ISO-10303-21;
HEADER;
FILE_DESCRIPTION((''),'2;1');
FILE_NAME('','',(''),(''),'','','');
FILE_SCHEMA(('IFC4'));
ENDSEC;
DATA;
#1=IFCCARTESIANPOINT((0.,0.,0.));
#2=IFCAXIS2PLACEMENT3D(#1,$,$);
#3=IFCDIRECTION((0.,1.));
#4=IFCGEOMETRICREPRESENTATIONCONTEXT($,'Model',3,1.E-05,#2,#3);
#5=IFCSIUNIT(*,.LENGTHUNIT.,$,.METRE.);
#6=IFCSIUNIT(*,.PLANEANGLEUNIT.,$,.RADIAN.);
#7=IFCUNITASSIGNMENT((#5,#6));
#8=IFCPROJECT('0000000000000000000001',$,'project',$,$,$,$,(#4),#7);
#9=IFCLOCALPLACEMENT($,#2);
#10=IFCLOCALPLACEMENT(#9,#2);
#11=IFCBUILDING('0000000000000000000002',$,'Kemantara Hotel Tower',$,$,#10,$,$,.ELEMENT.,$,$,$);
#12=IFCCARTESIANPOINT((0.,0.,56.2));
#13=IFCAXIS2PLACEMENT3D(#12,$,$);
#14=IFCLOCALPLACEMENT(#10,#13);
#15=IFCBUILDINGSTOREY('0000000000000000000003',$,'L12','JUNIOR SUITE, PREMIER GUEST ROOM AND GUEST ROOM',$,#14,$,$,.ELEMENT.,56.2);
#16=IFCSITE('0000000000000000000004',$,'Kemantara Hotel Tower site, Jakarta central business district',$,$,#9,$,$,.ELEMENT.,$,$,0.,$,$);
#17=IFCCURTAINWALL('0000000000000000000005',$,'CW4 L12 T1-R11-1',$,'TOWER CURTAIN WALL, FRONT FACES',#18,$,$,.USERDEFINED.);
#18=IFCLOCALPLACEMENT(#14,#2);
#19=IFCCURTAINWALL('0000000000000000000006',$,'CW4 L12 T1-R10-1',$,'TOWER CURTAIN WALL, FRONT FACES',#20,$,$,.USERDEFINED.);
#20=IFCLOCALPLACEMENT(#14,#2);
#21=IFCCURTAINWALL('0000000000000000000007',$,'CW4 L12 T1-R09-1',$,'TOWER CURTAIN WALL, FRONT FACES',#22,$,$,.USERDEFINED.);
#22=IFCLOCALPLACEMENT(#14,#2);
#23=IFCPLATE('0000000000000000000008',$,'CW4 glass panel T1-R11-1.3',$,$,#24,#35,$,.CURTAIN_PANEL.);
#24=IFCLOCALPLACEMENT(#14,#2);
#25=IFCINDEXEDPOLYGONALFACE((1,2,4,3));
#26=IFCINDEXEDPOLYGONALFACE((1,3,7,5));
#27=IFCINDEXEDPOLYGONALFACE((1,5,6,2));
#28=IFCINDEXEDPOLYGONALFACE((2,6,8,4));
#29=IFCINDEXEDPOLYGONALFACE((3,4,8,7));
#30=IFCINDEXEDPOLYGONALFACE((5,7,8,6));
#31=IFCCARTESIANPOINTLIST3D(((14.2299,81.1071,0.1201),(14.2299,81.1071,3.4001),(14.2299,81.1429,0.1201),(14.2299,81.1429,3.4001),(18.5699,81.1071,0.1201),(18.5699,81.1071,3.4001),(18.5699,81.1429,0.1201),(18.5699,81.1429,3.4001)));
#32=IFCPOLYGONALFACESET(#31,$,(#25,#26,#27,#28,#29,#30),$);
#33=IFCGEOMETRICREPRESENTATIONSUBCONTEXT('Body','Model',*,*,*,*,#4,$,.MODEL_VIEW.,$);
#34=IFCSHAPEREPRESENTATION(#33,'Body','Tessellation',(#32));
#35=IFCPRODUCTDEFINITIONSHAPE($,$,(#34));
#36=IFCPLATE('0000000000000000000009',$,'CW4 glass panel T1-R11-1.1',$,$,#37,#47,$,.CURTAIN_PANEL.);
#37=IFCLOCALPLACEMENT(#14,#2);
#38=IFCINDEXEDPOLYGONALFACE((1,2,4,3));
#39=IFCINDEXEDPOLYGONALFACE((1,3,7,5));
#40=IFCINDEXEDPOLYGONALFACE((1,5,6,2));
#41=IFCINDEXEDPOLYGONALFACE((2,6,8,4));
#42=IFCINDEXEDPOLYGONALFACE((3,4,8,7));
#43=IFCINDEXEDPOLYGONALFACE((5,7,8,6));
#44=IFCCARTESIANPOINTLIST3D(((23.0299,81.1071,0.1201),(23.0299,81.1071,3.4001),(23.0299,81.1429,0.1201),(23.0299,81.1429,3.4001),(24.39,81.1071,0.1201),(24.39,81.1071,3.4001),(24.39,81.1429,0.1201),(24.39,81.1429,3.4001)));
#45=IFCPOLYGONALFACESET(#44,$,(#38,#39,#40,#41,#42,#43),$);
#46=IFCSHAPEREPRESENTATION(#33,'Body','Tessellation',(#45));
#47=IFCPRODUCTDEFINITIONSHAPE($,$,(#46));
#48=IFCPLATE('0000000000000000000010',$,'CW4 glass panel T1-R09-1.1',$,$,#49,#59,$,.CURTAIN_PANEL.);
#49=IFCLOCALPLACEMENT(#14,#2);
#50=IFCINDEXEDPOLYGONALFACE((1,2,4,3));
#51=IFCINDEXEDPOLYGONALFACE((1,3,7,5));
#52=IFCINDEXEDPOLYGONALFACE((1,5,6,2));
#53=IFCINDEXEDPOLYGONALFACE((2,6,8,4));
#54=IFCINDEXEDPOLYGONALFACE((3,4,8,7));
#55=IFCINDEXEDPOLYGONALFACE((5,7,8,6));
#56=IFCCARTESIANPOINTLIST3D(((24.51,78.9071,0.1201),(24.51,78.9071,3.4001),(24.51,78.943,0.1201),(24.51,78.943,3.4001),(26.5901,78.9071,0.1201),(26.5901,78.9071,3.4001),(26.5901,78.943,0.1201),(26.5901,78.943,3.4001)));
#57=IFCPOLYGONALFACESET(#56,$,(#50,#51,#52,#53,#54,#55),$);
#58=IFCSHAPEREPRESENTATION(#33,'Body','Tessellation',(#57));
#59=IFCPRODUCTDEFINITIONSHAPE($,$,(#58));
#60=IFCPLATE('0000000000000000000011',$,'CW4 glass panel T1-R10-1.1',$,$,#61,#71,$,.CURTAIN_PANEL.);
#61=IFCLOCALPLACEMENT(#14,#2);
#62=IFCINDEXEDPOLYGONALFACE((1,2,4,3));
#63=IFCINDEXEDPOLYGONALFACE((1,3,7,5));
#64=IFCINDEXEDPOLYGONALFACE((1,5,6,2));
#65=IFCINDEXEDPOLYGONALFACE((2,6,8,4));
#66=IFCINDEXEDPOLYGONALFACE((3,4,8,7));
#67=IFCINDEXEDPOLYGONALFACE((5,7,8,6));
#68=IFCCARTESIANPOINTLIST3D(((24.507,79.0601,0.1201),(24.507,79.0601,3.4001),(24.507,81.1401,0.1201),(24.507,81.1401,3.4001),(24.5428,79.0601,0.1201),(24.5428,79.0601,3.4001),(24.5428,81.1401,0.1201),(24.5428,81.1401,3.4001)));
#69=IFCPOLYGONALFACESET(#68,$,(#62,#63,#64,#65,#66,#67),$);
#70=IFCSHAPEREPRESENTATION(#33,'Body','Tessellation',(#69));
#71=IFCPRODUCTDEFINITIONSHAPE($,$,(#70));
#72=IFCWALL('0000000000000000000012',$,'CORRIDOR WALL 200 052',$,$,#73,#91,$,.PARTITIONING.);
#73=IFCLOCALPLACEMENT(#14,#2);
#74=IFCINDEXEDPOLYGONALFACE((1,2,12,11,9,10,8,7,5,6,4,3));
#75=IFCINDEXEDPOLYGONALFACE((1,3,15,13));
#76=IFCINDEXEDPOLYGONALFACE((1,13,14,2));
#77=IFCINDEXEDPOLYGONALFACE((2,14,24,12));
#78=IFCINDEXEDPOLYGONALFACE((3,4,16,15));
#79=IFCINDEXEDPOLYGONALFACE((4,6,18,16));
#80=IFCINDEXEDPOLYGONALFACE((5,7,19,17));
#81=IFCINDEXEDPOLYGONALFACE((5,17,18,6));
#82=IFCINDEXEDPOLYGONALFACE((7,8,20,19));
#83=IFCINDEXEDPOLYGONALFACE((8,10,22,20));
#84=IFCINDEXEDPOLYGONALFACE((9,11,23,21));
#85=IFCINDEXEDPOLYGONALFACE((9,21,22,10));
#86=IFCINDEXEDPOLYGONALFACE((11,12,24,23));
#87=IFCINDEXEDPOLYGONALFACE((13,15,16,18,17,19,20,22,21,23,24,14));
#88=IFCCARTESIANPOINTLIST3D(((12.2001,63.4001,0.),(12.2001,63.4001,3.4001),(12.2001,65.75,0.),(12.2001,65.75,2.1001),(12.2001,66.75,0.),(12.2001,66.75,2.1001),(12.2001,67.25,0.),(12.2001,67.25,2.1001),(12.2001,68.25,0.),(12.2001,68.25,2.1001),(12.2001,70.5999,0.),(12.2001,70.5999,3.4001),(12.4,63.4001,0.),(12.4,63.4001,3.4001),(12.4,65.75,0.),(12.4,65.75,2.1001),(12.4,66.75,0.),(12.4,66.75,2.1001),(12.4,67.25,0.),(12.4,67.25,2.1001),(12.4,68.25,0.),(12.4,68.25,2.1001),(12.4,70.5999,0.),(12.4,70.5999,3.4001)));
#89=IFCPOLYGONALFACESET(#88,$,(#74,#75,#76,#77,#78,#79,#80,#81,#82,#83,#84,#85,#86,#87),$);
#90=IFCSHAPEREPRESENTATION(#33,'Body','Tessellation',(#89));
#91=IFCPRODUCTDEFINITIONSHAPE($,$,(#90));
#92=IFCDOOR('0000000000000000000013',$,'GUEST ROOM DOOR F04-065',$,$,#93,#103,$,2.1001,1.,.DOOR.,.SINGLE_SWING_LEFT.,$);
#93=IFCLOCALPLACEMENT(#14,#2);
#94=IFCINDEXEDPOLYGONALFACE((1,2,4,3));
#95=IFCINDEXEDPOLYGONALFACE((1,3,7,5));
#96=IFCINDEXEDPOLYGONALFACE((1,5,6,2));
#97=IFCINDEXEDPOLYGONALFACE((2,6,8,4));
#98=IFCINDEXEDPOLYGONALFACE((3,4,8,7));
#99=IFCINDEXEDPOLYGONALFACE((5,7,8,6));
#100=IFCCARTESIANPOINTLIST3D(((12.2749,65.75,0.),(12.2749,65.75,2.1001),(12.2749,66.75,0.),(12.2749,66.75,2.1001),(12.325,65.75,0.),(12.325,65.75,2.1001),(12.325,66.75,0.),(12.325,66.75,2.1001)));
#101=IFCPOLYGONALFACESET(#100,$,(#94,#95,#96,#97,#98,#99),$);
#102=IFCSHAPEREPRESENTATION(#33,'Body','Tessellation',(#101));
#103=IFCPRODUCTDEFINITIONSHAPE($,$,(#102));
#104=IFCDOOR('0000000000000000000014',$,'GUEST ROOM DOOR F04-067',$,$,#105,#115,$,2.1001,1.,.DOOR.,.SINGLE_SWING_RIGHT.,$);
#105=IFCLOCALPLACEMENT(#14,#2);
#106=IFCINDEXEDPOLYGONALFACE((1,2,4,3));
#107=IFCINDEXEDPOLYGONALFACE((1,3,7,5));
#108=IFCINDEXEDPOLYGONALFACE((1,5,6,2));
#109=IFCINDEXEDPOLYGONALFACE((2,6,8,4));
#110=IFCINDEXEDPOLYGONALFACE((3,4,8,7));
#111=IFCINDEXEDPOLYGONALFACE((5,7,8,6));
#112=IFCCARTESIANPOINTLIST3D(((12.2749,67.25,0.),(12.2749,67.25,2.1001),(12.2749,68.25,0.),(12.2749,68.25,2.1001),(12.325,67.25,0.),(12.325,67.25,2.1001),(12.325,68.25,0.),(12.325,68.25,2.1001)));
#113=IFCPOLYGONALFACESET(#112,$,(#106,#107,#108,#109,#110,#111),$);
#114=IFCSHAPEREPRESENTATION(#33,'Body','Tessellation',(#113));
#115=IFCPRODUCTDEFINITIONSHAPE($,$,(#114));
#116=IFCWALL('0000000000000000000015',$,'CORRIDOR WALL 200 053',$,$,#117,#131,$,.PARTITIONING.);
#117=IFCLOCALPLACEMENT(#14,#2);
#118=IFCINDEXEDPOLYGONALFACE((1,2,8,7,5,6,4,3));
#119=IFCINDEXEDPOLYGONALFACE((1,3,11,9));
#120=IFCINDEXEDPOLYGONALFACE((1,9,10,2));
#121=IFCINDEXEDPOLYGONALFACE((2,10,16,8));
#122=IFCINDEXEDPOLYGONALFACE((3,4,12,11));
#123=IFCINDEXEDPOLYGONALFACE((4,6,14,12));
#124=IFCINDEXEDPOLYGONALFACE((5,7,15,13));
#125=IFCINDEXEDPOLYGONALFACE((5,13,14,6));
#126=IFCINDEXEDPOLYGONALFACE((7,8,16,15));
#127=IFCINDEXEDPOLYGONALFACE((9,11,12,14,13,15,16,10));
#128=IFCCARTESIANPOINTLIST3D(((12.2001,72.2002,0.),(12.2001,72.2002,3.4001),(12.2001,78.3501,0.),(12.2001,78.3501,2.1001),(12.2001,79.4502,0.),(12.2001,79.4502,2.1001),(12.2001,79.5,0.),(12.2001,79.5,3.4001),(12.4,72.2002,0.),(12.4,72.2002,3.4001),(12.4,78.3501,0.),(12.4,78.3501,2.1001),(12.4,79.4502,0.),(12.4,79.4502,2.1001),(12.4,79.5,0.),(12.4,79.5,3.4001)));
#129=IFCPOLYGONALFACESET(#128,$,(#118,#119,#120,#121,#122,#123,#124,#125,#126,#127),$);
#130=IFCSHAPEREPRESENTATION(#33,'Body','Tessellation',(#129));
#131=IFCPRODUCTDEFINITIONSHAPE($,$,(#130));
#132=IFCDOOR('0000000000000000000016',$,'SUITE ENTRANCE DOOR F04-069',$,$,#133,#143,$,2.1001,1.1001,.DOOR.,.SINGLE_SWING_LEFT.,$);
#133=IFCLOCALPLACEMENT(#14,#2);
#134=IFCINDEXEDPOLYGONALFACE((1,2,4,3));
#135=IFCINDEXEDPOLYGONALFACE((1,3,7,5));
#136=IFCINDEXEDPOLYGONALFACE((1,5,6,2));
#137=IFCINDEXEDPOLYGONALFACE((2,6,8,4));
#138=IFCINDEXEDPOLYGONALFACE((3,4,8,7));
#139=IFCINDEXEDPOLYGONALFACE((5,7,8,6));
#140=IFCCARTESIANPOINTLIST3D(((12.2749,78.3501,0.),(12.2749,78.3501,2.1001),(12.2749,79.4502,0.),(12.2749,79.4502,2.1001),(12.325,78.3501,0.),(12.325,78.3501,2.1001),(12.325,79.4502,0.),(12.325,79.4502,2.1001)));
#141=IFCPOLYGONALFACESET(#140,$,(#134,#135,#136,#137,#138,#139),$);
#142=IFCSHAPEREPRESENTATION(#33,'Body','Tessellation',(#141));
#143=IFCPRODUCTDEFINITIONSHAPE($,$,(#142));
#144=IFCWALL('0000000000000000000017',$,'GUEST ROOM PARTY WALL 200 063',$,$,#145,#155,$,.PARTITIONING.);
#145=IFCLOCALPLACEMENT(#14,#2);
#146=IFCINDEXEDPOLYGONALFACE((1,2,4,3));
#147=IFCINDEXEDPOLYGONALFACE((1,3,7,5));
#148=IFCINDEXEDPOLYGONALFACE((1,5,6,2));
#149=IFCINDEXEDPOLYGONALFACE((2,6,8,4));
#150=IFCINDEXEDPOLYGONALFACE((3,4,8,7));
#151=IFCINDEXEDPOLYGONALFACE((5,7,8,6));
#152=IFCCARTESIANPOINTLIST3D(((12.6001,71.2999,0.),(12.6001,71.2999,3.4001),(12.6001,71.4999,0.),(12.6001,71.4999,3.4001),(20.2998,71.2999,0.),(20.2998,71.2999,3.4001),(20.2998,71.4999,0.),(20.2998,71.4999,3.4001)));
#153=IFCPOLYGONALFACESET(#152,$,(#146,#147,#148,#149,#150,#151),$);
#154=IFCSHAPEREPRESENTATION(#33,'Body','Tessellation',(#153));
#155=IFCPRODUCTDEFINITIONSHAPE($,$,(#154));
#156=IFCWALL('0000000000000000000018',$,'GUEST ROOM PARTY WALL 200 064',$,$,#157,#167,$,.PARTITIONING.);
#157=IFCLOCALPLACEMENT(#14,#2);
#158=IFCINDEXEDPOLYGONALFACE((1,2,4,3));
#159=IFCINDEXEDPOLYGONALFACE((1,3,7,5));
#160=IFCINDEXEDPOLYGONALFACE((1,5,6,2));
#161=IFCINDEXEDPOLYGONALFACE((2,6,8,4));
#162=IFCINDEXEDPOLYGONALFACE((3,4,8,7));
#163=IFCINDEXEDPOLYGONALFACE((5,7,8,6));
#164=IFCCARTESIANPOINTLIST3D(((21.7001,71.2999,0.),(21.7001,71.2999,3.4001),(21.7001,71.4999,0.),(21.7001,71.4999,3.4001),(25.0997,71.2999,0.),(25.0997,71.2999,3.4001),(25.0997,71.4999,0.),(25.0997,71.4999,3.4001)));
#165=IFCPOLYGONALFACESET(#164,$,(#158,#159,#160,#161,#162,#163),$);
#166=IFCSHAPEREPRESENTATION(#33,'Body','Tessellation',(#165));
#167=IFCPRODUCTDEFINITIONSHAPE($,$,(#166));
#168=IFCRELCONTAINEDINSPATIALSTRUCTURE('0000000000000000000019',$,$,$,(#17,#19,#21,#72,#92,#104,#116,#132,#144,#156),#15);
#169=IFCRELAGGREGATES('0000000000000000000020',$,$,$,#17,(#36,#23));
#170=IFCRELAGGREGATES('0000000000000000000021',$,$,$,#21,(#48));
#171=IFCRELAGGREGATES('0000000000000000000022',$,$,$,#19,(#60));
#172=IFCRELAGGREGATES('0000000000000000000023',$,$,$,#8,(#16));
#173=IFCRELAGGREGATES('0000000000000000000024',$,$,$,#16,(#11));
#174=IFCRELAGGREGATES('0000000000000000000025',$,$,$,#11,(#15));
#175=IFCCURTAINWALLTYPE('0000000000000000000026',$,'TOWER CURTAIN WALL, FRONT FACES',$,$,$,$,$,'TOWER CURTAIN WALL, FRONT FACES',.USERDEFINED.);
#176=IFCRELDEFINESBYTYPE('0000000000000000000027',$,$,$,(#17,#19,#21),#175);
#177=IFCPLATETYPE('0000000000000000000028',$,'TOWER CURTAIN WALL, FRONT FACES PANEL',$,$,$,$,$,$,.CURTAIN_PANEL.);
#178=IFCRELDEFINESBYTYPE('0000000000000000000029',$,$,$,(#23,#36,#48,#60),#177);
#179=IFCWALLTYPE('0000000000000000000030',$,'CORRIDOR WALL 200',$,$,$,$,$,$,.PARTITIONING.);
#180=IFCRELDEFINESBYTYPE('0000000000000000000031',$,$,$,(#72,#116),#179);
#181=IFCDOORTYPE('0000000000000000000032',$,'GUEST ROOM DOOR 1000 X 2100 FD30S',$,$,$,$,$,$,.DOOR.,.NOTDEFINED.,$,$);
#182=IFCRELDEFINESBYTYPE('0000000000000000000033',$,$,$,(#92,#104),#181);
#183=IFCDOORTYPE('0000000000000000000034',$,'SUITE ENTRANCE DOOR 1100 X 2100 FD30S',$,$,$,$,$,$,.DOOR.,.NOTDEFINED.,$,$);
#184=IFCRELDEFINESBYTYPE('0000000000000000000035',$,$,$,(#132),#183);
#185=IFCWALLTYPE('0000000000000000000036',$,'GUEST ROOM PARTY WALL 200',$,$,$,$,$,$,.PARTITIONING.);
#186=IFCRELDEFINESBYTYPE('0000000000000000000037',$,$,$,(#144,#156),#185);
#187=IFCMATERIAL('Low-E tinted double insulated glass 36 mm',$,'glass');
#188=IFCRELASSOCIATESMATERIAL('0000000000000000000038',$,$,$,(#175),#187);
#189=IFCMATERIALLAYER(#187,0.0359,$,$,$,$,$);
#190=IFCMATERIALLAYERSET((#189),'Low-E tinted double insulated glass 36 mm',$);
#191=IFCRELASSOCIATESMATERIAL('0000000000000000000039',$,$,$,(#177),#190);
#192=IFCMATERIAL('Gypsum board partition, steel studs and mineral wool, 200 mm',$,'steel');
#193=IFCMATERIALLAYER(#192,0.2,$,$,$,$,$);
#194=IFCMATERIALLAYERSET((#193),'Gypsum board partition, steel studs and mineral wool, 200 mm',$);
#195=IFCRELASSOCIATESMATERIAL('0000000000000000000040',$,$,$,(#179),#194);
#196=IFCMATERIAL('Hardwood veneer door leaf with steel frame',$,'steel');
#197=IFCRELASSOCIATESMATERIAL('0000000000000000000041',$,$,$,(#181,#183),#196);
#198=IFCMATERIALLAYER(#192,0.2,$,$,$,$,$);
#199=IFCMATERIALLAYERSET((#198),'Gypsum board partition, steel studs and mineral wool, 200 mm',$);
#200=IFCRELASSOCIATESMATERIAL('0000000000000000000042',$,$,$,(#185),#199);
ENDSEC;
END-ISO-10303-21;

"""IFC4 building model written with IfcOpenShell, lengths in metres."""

from ifc_helpers import new_model, si_unit, direction, frame, frame_2d, origin, origin_2d, place, context, subcontext, project, spatial, rectangle, extrude, source, transform, mapped, material, layer, layer_set, type_object, element, fill, aggregate, save


model = new_model("IFC4")

# Units and contexts
model_context = context("Model", 3, precision=1e-05, world=origin(), true_north=direction((0.0, 1.0)))
body_context = subcontext(model_context, "Body", "Model", "MODEL_VIEW")
ifc_project = project(units=[si_unit("LENGTHUNIT", "METRE"), si_unit("PLANEANGLEUNIT", "RADIAN")], contexts=[model_context])

# Site, building, storey
site_placement = place(None, origin())
site = spatial("IfcSite", under=ifc_project, at=site_placement, Name="Kemantara Hotel Tower site, Jakarta central business district", CompositionType="ELEMENT", RefElevation=0.0)
building_placement = place(site_placement, origin())
building = spatial("IfcBuilding", under=site, at=building_placement, Name="Kemantara Hotel Tower", CompositionType="ELEMENT")
storey_placement = place(building_placement, frame((0.0, 0.0, 56.2)))
storey = spatial("IfcBuildingStorey", under=building, at=storey_placement, Name="L12", Description="JUNIOR SUITE, PREMIER GUEST ROOM AND GUEST ROOM", CompositionType="ELEMENT", Elevation=56.2)

# Curtain walls
ifc_material_1 = material(Name="Low-E tinted double insulated glass 36 mm", Category="glass")
curtain_wall_type = type_object("IfcCurtainWallType", Name="TOWER CURTAIN WALL, FRONT FACES", ElementType="TOWER CURTAIN WALL, FRONT FACES", PredefinedType="USERDEFINED", material=ifc_material_1)
curtain_wall_1_placement = place(storey_placement, origin())
curtain_wall_1 = element("IfcCurtainWall", 1, at=curtain_wall_1_placement, inside=storey, type_object=curtain_wall_type, Name="CW4 L12 T1-R11-1", ObjectType="TOWER CURTAIN WALL, FRONT FACES", PredefinedType="USERDEFINED")
curtain_wall_2_placement = place(storey_placement, origin())
curtain_wall_2 = element("IfcCurtainWall", 2, at=curtain_wall_2_placement, inside=storey, type_object=curtain_wall_type, Name="CW4 L12 T1-R10-1", ObjectType="TOWER CURTAIN WALL, FRONT FACES", PredefinedType="USERDEFINED")

# Curtain wall
curtain_wall_3_placement = place(storey_placement, origin())
curtain_wall_3 = element("IfcCurtainWall", 3, at=curtain_wall_3_placement, inside=storey, type_object=curtain_wall_type, Name="CW4 L12 T1-R09-1", ObjectType="TOWER CURTAIN WALL, FRONT FACES", PredefinedType="USERDEFINED")

# Plates
ifc_layer_1 = layer(ifc_material_1, 0.0359)
ifc_layer_set_1 = layer_set([ifc_layer_1], Name="Low-E tinted double insulated glass 36 mm")
plate_type = type_object("IfcPlateType", Name="TOWER CURTAIN WALL, FRONT FACES PANEL", PredefinedType="CURTAIN_PANEL", material=ifc_layer_set_1)
shared_shape_1 = source(origin(), body_context, "Body", "SweptSolid", [
    extrude(rectangle(XDim=4.3401, YDim=0.0359, at=origin_2d()), origin(), (0.0, 0.0, 1.0), 3.28),
])
plate_1_placement = place(storey_placement, frame((16.3999, 81.125, 0.1201), z_axis=(0.0, 0.0, 1.0), x_axis=(-1.0, 0.0, 0.0)))
plate_1 = element("IfcPlate", 4, at=plate_1_placement, type_object=plate_type, Name="CW4 glass panel T1-R11-1.3", PredefinedType="CURTAIN_PANEL", context=body_context, shape_type="MappedRepresentation", body=[
    mapped(shared_shape_1, transform((0.0, 0.0, 0.0))),
])
shared_shape_2 = source(origin(), body_context, "Body", "SweptSolid", [
    extrude(rectangle(XDim=1.3601, YDim=0.0359, at=origin_2d()), origin(), (0.0, 0.0, 1.0), 3.28),
])
plate_2_placement = place(storey_placement, frame((23.71, 81.125, 0.1201), z_axis=(0.0, 0.0, 1.0), x_axis=(-1.0, 0.0, 0.0)))
plate_2 = element("IfcPlate", 5, at=plate_2_placement, type_object=plate_type, Name="CW4 glass panel T1-R11-1.1", PredefinedType="CURTAIN_PANEL", context=body_context, shape_type="MappedRepresentation", body=[
    mapped(shared_shape_2, transform((0.0, 0.0, 0.0))),
])
aggregate(curtain_wall_1, [plate_2, plate_1])
shared_shape_3 = source(origin(), body_context, "Body", "SweptSolid", [
    extrude(rectangle(XDim=2.0801, YDim=0.0359, at=origin_2d()), origin(), (0.0, 0.0, 1.0), 3.28),
])
plate_3_placement = place(storey_placement, frame((25.55, 78.925, 0.1201), z_axis=(0.0, 0.0, 1.0), x_axis=(-1.0, 0.0, 0.0)))
plate_3 = element("IfcPlate", 6, at=plate_3_placement, type_object=plate_type, Name="CW4 glass panel T1-R09-1.1", PredefinedType="CURTAIN_PANEL", context=body_context, shape_type="MappedRepresentation", body=[
    mapped(shared_shape_3, transform((0.0, 0.0, 0.0))),
])
aggregate(curtain_wall_3, [plate_3])
plate_4_placement = place(storey_placement, frame((24.5249, 80.1001, 0.1201), z_axis=(0.0, 0.0, 1.0), x_axis=(0.0, 1.0, 0.0)))
plate_4 = element("IfcPlate", 7, at=plate_4_placement, type_object=plate_type, Name="CW4 glass panel T1-R10-1.1", PredefinedType="CURTAIN_PANEL", context=body_context, shape_type="MappedRepresentation", body=[
    mapped(shared_shape_3, transform((0.0, 0.0, 0.0))),
])
aggregate(curtain_wall_2, [plate_4])

# Wall, openings, doors
ifc_material_2 = material(Name="Gypsum board partition, steel studs and mineral wool, 200 mm", Category="steel")
ifc_layer_2 = layer(ifc_material_2, 0.2)
ifc_layer_set_2 = layer_set([ifc_layer_2], Name="Gypsum board partition, steel studs and mineral wool, 200 mm")
wall_type_1 = type_object("IfcWallType", Name="CORRIDOR WALL 200", PredefinedType="PARTITIONING", material=ifc_layer_set_2)
wall_1_placement = place(storey_placement, frame((12.3, 70.5999, 0.0), z_axis=(0.0, 0.0, 1.0), x_axis=(0.0, -1.0, 0.0)))
wall_1 = element("IfcWall", 8, at=wall_1_placement, inside=storey, type_object=wall_type_1, Name="CORRIDOR WALL 200 052", PredefinedType="PARTITIONING", context=body_context, shape_type="SweptSolid", body=[
    extrude(rectangle(XDim=7.1997, YDim=0.2, at=frame_2d((3.5999, 0.0))), origin(), (0.0, 0.0, 1.0), 3.4001),
])
opening_1_placement = place(wall_1_placement, frame((3.8499, 0.0, 0.0)))
opening_1 = element("IfcOpeningElement", 9, at=opening_1_placement, cuts=wall_1, PredefinedType="OPENING", context=body_context, shape_type="SweptSolid", body=[
    extrude(rectangle(XDim=1.0, YDim=2.1001, at=frame_2d((0.5, 1.05))), frame((0.0, 0.1099, 0.0), z_axis=(0.0, -1.0, 0.0), x_axis=(1.0, 0.0, 0.0)), (0.0, 0.0, 1.0), 0.22),
])
opening_2_placement = place(wall_1_placement, frame((2.3499, 0.0, 0.0)))
opening_2 = element("IfcOpeningElement", 10, at=opening_2_placement, cuts=wall_1, PredefinedType="OPENING", context=body_context, shape_type="SweptSolid", body=[
    extrude(rectangle(XDim=1.0, YDim=2.1001, at=frame_2d((0.5, 1.05))), frame((0.0, 0.1099, 0.0), z_axis=(0.0, -1.0, 0.0), x_axis=(1.0, 0.0, 0.0)), (0.0, 0.0, 1.0), 0.22),
])
ifc_material_3 = material(Name="Hardwood veneer door leaf with steel frame", Category="steel")
door_type_1 = type_object("IfcDoorType", Name="GUEST ROOM DOOR 1000 X 2100 FD30S", OperationType="NOTDEFINED", PredefinedType="DOOR", material=ifc_material_3)
door_1_placement = place(opening_1_placement, origin())
door_1 = element("IfcDoor", 11, at=door_1_placement, inside=storey, type_object=door_type_1, Name="GUEST ROOM DOOR F04-065", OperationType="SINGLE_SWING_LEFT", OverallHeight=2.1001, OverallWidth=1.0, PredefinedType="DOOR", context=body_context, shape_type="SweptSolid", body=[
    extrude(rectangle(XDim=1.0, YDim=2.1001, at=frame_2d((0.5, 1.05))), frame((0.0, 0.0249, 0.0), z_axis=(0.0, -1.0, 0.0), x_axis=(1.0, 0.0, 0.0)), (0.0, 0.0, 1.0), 0.05),
])
fill(opening_1, door_1)
door_2_placement = place(opening_2_placement, origin())
door_2 = element("IfcDoor", 12, at=door_2_placement, inside=storey, type_object=door_type_1, Name="GUEST ROOM DOOR F04-067", OperationType="SINGLE_SWING_RIGHT", OverallHeight=2.1001, OverallWidth=1.0, PredefinedType="DOOR", context=body_context, shape_type="SweptSolid", body=[
    extrude(rectangle(XDim=1.0, YDim=2.1001, at=frame_2d((0.5, 1.05))), frame((0.0, 0.0249, 0.0), z_axis=(0.0, -1.0, 0.0), x_axis=(1.0, 0.0, 0.0)), (0.0, 0.0, 1.0), 0.05),
])
fill(opening_2, door_2)

# Wall, opening, door
wall_2_placement = place(storey_placement, frame((12.3, 79.5, 0.0), z_axis=(0.0, 0.0, 1.0), x_axis=(0.0, -1.0, 0.0)))
wall_2 = element("IfcWall", 13, at=wall_2_placement, inside=storey, type_object=wall_type_1, Name="CORRIDOR WALL 200 053", PredefinedType="PARTITIONING", context=body_context, shape_type="SweptSolid", body=[
    extrude(rectangle(XDim=7.2998, YDim=0.2, at=frame_2d((3.6499, 0.0))), origin(), (0.0, 0.0, 1.0), 3.4001),
])
opening_3_placement = place(wall_2_placement, frame((0.0498, 0.0, 0.0)))
opening_3 = element("IfcOpeningElement", 14, at=opening_3_placement, cuts=wall_2, PredefinedType="OPENING", context=body_context, shape_type="SweptSolid", body=[
    extrude(rectangle(XDim=1.1001, YDim=2.1001, at=frame_2d((0.55, 1.05))), frame((0.0, 0.1099, 0.0), z_axis=(0.0, -1.0, 0.0), x_axis=(1.0, 0.0, 0.0)), (0.0, 0.0, 1.0), 0.22),
])
door_type_2 = type_object("IfcDoorType", Name="SUITE ENTRANCE DOOR 1100 X 2100 FD30S", OperationType="NOTDEFINED", PredefinedType="DOOR", material=ifc_material_3)
door_3_placement = place(opening_3_placement, origin())
door_3 = element("IfcDoor", 15, at=door_3_placement, inside=storey, type_object=door_type_2, Name="SUITE ENTRANCE DOOR F04-069", OperationType="SINGLE_SWING_LEFT", OverallHeight=2.1001, OverallWidth=1.1001, PredefinedType="DOOR", context=body_context, shape_type="SweptSolid", body=[
    extrude(rectangle(XDim=1.1001, YDim=2.1001, at=frame_2d((0.55, 1.05))), frame((0.0, 0.0249, 0.0), z_axis=(0.0, -1.0, 0.0), x_axis=(1.0, 0.0, 0.0)), (0.0, 0.0, 1.0), 0.05),
])
fill(opening_3, door_3)

# Walls
ifc_layer_3 = layer(ifc_material_2, 0.2)
ifc_layer_set_3 = layer_set([ifc_layer_3], Name="Gypsum board partition, steel studs and mineral wool, 200 mm")
wall_type_2 = type_object("IfcWallType", Name="GUEST ROOM PARTY WALL 200", PredefinedType="PARTITIONING", material=ifc_layer_set_3)
wall_3_placement = place(storey_placement, frame((12.6001, 71.3999, 0.0), z_axis=(0.0, 0.0, 1.0), x_axis=(1.0, 0.0, 0.0)))
element("IfcWall", 16, at=wall_3_placement, inside=storey, type_object=wall_type_2, Name="GUEST ROOM PARTY WALL 200 063", PredefinedType="PARTITIONING", context=body_context, shape_type="SweptSolid", body=[
    extrude(rectangle(XDim=7.6997, YDim=0.2, at=frame_2d((3.8499, 0.0))), origin(), (0.0, 0.0, 1.0), 3.4001),
])
wall_4_placement = place(storey_placement, frame((21.7002, 71.3999, 0.0), z_axis=(0.0, 0.0, 1.0), x_axis=(1.0, 0.0, 0.0)))
element("IfcWall", 17, at=wall_4_placement, inside=storey, type_object=wall_type_2, Name="GUEST ROOM PARTY WALL 200 064", PredefinedType="PARTITIONING", context=body_context, shape_type="SweptSolid", body=[
    extrude(rectangle(XDim=3.3997, YDim=0.2, at=frame_2d((1.6997, 0.0))), origin(), (0.0, 0.0, 1.0), 3.4001),
])

save(model, "model.ifc")
